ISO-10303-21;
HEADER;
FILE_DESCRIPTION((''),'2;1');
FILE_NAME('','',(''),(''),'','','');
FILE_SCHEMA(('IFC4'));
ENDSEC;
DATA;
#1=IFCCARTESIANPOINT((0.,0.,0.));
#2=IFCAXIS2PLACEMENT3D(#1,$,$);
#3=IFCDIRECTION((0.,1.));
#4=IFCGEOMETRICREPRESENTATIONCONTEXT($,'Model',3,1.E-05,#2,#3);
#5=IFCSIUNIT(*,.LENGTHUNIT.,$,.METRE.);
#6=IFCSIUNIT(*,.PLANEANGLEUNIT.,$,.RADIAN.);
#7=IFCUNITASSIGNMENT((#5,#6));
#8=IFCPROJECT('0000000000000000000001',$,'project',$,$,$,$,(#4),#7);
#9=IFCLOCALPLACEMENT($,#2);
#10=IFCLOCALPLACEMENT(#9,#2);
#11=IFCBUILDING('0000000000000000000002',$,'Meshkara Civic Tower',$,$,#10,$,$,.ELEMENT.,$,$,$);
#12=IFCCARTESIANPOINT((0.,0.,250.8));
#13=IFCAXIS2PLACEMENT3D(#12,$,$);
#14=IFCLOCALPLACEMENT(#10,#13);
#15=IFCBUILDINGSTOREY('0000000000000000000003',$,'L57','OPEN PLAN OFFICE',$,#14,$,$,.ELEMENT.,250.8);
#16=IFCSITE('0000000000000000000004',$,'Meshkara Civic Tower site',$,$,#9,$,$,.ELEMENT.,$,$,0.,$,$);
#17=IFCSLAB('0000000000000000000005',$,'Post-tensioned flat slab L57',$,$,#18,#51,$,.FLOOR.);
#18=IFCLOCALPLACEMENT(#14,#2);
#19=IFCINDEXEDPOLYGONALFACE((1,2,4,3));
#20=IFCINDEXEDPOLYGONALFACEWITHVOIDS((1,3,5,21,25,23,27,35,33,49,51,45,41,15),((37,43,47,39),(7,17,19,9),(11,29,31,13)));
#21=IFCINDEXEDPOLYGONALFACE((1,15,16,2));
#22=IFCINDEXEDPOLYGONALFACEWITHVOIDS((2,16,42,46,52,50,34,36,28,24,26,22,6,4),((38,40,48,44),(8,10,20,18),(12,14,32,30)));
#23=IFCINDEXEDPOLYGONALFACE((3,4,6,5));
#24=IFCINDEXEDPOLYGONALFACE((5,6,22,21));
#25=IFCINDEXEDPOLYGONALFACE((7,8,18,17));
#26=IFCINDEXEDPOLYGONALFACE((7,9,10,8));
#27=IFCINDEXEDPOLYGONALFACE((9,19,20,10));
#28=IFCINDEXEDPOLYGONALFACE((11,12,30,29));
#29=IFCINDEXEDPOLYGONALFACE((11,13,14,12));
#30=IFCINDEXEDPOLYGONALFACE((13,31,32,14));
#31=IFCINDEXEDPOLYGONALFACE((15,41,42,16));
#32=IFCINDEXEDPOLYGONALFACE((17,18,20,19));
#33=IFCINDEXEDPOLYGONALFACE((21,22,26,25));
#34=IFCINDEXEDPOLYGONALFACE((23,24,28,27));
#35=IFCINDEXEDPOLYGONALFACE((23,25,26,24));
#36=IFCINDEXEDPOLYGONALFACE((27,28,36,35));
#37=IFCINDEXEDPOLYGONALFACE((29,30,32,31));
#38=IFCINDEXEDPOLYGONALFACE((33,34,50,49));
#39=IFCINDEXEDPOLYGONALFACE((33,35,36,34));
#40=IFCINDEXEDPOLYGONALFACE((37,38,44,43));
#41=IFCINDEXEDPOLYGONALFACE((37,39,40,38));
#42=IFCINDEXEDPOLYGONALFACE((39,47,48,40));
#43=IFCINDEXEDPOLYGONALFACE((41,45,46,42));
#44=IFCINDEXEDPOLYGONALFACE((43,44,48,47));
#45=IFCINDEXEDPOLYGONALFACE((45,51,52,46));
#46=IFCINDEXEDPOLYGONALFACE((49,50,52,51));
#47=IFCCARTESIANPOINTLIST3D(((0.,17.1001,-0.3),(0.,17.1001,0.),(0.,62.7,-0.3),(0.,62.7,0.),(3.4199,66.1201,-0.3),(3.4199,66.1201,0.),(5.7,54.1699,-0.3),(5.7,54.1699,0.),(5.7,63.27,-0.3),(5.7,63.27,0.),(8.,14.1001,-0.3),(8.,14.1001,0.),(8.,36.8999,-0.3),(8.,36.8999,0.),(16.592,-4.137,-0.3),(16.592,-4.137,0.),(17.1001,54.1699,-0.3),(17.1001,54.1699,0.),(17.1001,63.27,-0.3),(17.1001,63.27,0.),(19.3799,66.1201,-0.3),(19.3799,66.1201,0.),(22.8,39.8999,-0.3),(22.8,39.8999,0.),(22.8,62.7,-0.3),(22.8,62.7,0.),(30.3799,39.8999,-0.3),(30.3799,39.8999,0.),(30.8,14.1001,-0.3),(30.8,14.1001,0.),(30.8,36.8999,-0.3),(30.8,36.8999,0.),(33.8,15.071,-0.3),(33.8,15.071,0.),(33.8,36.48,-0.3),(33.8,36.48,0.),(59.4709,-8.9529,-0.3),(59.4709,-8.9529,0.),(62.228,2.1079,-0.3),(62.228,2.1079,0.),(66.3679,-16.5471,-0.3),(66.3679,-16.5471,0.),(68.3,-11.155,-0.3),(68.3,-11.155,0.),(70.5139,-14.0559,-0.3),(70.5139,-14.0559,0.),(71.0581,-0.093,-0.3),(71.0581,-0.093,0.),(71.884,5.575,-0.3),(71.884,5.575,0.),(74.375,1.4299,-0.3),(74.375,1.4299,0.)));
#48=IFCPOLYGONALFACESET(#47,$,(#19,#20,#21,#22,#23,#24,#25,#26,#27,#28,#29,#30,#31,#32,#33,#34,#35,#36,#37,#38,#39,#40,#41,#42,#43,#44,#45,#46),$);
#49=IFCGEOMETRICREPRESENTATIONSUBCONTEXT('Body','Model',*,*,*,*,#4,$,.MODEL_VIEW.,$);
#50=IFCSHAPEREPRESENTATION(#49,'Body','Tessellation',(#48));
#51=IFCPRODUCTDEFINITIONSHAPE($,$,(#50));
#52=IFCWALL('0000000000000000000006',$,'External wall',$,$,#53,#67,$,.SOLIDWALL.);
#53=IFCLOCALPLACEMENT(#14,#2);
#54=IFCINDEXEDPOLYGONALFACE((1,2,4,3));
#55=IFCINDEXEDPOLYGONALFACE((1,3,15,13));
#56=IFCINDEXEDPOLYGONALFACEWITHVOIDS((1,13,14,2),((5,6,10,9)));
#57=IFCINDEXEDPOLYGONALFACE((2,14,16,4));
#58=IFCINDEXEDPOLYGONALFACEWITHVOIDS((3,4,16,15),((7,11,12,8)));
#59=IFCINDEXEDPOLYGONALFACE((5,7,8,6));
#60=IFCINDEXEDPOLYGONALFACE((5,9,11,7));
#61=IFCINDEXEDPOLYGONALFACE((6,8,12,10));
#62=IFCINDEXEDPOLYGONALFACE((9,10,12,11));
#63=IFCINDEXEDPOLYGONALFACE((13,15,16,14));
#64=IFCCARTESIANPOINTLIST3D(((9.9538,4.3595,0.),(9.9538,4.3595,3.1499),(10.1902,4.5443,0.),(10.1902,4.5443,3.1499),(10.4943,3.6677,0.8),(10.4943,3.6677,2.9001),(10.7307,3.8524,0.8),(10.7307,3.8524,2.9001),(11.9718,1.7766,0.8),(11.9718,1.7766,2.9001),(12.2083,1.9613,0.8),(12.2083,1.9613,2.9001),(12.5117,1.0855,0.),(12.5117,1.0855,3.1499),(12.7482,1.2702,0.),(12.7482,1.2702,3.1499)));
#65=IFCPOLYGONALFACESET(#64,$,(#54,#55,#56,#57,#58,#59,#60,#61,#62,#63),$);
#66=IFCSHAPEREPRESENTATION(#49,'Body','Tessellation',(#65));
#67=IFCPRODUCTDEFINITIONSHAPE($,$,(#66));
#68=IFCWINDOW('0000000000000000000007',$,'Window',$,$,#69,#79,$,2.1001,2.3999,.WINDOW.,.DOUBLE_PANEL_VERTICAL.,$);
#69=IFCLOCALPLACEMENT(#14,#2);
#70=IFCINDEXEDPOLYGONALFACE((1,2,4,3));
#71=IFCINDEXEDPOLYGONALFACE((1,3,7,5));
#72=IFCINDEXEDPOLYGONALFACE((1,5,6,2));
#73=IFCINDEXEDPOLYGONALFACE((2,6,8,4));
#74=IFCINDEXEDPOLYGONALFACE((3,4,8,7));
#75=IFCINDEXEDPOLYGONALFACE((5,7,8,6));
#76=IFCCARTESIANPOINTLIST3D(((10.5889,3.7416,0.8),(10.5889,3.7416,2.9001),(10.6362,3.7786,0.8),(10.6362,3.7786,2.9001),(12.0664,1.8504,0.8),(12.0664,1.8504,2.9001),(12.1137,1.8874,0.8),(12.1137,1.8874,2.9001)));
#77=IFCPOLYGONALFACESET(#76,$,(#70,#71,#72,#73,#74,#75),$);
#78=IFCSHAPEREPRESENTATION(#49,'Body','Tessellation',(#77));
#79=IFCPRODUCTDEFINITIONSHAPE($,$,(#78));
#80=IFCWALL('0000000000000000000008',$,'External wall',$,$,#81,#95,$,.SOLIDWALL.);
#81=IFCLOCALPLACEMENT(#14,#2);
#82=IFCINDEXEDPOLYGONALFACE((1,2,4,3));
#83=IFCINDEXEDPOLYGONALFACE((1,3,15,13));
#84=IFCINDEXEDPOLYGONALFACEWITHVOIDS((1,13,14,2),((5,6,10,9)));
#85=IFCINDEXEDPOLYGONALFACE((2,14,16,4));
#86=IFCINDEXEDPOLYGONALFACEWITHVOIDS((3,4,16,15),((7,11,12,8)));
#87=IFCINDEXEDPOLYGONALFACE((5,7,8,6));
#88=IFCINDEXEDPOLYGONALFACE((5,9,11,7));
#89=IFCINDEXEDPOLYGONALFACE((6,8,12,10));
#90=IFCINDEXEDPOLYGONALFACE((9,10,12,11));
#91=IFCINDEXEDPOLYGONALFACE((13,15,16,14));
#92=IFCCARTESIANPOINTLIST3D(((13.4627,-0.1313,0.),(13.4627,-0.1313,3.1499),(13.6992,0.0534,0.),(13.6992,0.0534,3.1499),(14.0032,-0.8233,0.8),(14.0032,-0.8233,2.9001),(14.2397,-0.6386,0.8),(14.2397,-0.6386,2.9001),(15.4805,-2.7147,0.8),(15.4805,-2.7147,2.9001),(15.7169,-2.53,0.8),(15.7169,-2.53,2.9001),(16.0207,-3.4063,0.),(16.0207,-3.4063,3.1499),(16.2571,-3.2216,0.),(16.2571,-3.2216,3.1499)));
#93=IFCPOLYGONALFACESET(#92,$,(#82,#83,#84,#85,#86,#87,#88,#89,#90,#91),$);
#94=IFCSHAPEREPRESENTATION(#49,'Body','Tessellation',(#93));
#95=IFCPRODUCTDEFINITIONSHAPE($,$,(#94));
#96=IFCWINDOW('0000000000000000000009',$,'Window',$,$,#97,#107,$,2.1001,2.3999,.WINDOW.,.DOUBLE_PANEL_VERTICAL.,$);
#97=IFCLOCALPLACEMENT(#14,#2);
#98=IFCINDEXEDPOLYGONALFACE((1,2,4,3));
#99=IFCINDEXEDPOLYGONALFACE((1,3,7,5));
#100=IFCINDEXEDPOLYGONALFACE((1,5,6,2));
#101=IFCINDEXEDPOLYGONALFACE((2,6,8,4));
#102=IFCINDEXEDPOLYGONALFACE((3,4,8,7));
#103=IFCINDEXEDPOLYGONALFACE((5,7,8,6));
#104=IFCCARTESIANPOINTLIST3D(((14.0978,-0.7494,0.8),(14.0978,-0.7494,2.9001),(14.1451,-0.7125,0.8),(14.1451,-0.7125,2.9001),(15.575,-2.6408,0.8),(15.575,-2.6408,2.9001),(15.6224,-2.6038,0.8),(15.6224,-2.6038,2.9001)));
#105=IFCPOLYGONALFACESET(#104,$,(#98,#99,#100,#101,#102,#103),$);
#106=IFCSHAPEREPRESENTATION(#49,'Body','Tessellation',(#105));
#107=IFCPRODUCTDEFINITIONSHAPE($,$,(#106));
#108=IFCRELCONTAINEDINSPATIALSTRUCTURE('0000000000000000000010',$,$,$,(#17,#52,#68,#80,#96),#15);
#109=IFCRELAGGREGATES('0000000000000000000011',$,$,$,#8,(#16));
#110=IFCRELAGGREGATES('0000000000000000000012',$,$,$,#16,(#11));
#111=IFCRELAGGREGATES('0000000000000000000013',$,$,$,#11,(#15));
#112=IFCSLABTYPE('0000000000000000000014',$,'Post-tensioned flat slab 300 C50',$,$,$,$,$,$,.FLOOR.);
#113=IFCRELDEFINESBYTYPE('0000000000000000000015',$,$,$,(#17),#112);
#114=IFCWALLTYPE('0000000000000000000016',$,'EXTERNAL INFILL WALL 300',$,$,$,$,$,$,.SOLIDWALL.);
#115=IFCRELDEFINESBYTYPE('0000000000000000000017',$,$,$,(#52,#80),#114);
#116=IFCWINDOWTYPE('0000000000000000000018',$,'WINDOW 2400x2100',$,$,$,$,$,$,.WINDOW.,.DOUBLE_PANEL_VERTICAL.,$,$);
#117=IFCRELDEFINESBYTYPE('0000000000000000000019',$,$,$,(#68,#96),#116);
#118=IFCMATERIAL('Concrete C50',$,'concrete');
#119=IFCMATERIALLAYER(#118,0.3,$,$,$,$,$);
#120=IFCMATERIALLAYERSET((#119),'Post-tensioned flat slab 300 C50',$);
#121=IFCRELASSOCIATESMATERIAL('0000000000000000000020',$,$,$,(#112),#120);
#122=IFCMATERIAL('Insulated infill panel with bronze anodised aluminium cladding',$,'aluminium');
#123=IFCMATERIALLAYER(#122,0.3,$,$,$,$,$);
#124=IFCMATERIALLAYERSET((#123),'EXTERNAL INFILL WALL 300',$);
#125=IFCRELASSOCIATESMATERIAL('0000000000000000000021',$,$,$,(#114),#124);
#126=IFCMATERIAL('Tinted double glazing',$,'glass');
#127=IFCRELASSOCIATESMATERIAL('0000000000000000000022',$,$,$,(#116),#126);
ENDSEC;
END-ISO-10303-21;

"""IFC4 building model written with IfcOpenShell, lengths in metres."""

from ifc_helpers import new_model, si_unit, direction, frame, frame_2d, origin, place, context, subcontext, project, spatial, polyline, rectangle, outline, extrude, material, layer, layer_set, type_object, element, fill, save


model = new_model("IFC4")

# Units and contexts
model_context = context("Model", 3, precision=1e-05, world=origin(), true_north=direction((0.0, 1.0)))
body_context = subcontext(model_context, "Body", "Model", "MODEL_VIEW")
ifc_project = project(units=[si_unit("LENGTHUNIT", "METRE"), si_unit("PLANEANGLEUNIT", "RADIAN")], contexts=[model_context])

# Site, building, storey
site_placement = place(None, origin())
site = spatial("IfcSite", under=ifc_project, at=site_placement, Name="Meshkara Civic Tower site", CompositionType="ELEMENT", RefElevation=0.0)
building_placement = place(site_placement, origin())
building = spatial("IfcBuilding", under=site, at=building_placement, Name="Meshkara Civic Tower", CompositionType="ELEMENT")
storey_placement = place(building_placement, frame((0.0, 0.0, 250.8)))
storey = spatial("IfcBuildingStorey", under=building, at=storey_placement, Name="L57", Description="OPEN PLAN OFFICE", CompositionType="ELEMENT", Elevation=250.8)

# Slab
ifc_material_1 = material(Name="Concrete C50", Category="concrete")
ifc_layer_1 = layer(ifc_material_1, 0.3)
ifc_layer_set_1 = layer_set([ifc_layer_1], Name="Post-tensioned flat slab 300 C50")
slab_type_1 = type_object("IfcSlabType", Name="Post-tensioned flat slab 300 C50", PredefinedType="FLOOR", material=ifc_layer_set_1)
slab_1_placement = place(storey_placement, frame((0.0, 0.0, -0.3)))
element("IfcSlab", 1, at=slab_1_placement, inside=storey, type_object=slab_type_1, Name="Post-tensioned flat slab L57", PredefinedType="FLOOR", context=body_context, shape_type="SweptSolid", body=[
    extrude(outline(polyline([(70.5139, -14.0559), (66.3679, -16.5471), (16.592, -4.137), (0.0, 17.1001), (0.0, 62.7), (3.4199, 66.1201), (19.3799, 66.1201), (22.8, 62.7), (22.8, 39.8999), (30.3799, 39.8999), (33.8, 36.48), (33.8, 15.071), (71.884, 5.575), (74.375, 1.4299), (70.5139, -14.0559)]), holes=[polyline([(68.3, -11.155), (71.0581, -0.093), (62.228, 2.1079), (59.4709, -8.9529), (68.3, -11.155)]), polyline([(8.0, 14.1001), (30.8, 14.1001), (30.8, 36.8999), (8.0, 36.8999), (8.0, 14.1001)]), polyline([(5.7, 63.27), (5.7, 54.1699), (17.1001, 54.1699), (17.1001, 63.27), (5.7, 63.27)])]), origin(), (0.0, 0.0, 1.0), 0.3),
])

# Walls, openings, windows
ifc_material_2 = material(Name="Insulated infill panel with bronze anodised aluminium cladding", Category="aluminium")
ifc_layer_2 = layer(ifc_material_2, 0.3)
ifc_layer_set_2 = layer_set([ifc_layer_2], Name="EXTERNAL INFILL WALL 300")
wall_type = type_object("IfcWallType", Name="EXTERNAL INFILL WALL 300", PredefinedType="SOLIDWALL", material=ifc_layer_set_2)
wall_1_placement = place(storey_placement, frame((10.072, 4.4519, 0.0), z_axis=(0.0, 0.0, 1.0), x_axis=(0.61566, -0.788012, 0.0)))
wall_1 = element("IfcWall", 2, at=wall_1_placement, inside=storey, type_object=wall_type, Name="External wall", PredefinedType="SOLIDWALL", context=body_context, shape_type="SweptSolid", body=[
    extrude(rectangle(XDim=4.1548, YDim=0.3, at=frame_2d((2.0774, 0.0))), origin(), (0.0, 0.0, 1.0), 3.1499),
])
opening_1_placement = place(wall_1_placement, frame((0.8779, 0.0, 0.8)))
opening_1 = element("IfcOpeningElement", 3, at=opening_1_placement, cuts=wall_1, PredefinedType="OPENING", context=body_context, shape_type="SweptSolid", body=[
    extrude(rectangle(XDim=2.3999, YDim=2.1001, at=frame_2d((1.2, 1.05))), frame((0.0, 0.1599, 0.0), z_axis=(0.0, -1.0, 0.0), x_axis=(1.0, 0.0, 0.0)), (0.0, 0.0, 1.0), 0.3201),
])
ifc_material_3 = material(Name="Tinted double glazing", Category="glass")
window_type = type_object("IfcWindowType", Name="WINDOW 2400x2100", PartitioningType="DOUBLE_PANEL_VERTICAL", PredefinedType="WINDOW", material=ifc_material_3)
window_1_placement = place(opening_1_placement, origin())
window_1 = element("IfcWindow", 4, at=window_1_placement, inside=storey, type_object=window_type, Name="Window", OverallHeight=2.1001, OverallWidth=2.3999, PartitioningType="DOUBLE_PANEL_VERTICAL", PredefinedType="WINDOW", context=body_context, shape_type="SweptSolid", body=[
    extrude(rectangle(XDim=2.3999, YDim=2.1001, at=frame_2d((1.2, 1.05))), frame((0.0, 0.03, 0.0), z_axis=(0.0, -1.0, 0.0), x_axis=(1.0, 0.0, 0.0)), (0.0, 0.0, 1.0), 0.0601),
])
fill(opening_1, window_1)
wall_2_placement = place(storey_placement, frame((13.5811, -0.0391, 0.0), z_axis=(0.0, 0.0, 1.0), x_axis=(0.615546, -0.788101, 0.0)))
wall_2 = element("IfcWall", 5, at=wall_2_placement, inside=storey, type_object=wall_type, Name="External wall", PredefinedType="SOLIDWALL", context=body_context, shape_type="SweptSolid", body=[
    extrude(rectangle(XDim=4.1555, YDim=0.3, at=frame_2d((2.0776, 0.0))), origin(), (0.0, 0.0, 1.0), 3.1499),
])
opening_2_placement = place(wall_2_placement, frame((0.8779, 0.0, 0.8)))
opening_2 = element("IfcOpeningElement", 6, at=opening_2_placement, cuts=wall_2, PredefinedType="OPENING", context=body_context, shape_type="SweptSolid", body=[
    extrude(rectangle(XDim=2.3999, YDim=2.1001, at=frame_2d((1.2, 1.05))), frame((0.0, 0.1599, 0.0), z_axis=(0.0, -1.0, 0.0), x_axis=(1.0, 0.0, 0.0)), (0.0, 0.0, 1.0), 0.3201),
])
window_2_placement = place(opening_2_placement, origin())
window_2 = element("IfcWindow", 7, at=window_2_placement, inside=storey, type_object=window_type, Name="Window", OverallHeight=2.1001, OverallWidth=2.3999, PartitioningType="DOUBLE_PANEL_VERTICAL", PredefinedType="WINDOW", context=body_context, shape_type="SweptSolid", body=[
    extrude(rectangle(XDim=2.3999, YDim=2.1001, at=frame_2d((1.2, 1.05))), frame((0.0, 0.03, 0.0), z_axis=(0.0, -1.0, 0.0), x_axis=(1.0, 0.0, 0.0)), (0.0, 0.0, 1.0), 0.0601),
])
fill(opening_2, window_2)

save(model, "model.ifc")
